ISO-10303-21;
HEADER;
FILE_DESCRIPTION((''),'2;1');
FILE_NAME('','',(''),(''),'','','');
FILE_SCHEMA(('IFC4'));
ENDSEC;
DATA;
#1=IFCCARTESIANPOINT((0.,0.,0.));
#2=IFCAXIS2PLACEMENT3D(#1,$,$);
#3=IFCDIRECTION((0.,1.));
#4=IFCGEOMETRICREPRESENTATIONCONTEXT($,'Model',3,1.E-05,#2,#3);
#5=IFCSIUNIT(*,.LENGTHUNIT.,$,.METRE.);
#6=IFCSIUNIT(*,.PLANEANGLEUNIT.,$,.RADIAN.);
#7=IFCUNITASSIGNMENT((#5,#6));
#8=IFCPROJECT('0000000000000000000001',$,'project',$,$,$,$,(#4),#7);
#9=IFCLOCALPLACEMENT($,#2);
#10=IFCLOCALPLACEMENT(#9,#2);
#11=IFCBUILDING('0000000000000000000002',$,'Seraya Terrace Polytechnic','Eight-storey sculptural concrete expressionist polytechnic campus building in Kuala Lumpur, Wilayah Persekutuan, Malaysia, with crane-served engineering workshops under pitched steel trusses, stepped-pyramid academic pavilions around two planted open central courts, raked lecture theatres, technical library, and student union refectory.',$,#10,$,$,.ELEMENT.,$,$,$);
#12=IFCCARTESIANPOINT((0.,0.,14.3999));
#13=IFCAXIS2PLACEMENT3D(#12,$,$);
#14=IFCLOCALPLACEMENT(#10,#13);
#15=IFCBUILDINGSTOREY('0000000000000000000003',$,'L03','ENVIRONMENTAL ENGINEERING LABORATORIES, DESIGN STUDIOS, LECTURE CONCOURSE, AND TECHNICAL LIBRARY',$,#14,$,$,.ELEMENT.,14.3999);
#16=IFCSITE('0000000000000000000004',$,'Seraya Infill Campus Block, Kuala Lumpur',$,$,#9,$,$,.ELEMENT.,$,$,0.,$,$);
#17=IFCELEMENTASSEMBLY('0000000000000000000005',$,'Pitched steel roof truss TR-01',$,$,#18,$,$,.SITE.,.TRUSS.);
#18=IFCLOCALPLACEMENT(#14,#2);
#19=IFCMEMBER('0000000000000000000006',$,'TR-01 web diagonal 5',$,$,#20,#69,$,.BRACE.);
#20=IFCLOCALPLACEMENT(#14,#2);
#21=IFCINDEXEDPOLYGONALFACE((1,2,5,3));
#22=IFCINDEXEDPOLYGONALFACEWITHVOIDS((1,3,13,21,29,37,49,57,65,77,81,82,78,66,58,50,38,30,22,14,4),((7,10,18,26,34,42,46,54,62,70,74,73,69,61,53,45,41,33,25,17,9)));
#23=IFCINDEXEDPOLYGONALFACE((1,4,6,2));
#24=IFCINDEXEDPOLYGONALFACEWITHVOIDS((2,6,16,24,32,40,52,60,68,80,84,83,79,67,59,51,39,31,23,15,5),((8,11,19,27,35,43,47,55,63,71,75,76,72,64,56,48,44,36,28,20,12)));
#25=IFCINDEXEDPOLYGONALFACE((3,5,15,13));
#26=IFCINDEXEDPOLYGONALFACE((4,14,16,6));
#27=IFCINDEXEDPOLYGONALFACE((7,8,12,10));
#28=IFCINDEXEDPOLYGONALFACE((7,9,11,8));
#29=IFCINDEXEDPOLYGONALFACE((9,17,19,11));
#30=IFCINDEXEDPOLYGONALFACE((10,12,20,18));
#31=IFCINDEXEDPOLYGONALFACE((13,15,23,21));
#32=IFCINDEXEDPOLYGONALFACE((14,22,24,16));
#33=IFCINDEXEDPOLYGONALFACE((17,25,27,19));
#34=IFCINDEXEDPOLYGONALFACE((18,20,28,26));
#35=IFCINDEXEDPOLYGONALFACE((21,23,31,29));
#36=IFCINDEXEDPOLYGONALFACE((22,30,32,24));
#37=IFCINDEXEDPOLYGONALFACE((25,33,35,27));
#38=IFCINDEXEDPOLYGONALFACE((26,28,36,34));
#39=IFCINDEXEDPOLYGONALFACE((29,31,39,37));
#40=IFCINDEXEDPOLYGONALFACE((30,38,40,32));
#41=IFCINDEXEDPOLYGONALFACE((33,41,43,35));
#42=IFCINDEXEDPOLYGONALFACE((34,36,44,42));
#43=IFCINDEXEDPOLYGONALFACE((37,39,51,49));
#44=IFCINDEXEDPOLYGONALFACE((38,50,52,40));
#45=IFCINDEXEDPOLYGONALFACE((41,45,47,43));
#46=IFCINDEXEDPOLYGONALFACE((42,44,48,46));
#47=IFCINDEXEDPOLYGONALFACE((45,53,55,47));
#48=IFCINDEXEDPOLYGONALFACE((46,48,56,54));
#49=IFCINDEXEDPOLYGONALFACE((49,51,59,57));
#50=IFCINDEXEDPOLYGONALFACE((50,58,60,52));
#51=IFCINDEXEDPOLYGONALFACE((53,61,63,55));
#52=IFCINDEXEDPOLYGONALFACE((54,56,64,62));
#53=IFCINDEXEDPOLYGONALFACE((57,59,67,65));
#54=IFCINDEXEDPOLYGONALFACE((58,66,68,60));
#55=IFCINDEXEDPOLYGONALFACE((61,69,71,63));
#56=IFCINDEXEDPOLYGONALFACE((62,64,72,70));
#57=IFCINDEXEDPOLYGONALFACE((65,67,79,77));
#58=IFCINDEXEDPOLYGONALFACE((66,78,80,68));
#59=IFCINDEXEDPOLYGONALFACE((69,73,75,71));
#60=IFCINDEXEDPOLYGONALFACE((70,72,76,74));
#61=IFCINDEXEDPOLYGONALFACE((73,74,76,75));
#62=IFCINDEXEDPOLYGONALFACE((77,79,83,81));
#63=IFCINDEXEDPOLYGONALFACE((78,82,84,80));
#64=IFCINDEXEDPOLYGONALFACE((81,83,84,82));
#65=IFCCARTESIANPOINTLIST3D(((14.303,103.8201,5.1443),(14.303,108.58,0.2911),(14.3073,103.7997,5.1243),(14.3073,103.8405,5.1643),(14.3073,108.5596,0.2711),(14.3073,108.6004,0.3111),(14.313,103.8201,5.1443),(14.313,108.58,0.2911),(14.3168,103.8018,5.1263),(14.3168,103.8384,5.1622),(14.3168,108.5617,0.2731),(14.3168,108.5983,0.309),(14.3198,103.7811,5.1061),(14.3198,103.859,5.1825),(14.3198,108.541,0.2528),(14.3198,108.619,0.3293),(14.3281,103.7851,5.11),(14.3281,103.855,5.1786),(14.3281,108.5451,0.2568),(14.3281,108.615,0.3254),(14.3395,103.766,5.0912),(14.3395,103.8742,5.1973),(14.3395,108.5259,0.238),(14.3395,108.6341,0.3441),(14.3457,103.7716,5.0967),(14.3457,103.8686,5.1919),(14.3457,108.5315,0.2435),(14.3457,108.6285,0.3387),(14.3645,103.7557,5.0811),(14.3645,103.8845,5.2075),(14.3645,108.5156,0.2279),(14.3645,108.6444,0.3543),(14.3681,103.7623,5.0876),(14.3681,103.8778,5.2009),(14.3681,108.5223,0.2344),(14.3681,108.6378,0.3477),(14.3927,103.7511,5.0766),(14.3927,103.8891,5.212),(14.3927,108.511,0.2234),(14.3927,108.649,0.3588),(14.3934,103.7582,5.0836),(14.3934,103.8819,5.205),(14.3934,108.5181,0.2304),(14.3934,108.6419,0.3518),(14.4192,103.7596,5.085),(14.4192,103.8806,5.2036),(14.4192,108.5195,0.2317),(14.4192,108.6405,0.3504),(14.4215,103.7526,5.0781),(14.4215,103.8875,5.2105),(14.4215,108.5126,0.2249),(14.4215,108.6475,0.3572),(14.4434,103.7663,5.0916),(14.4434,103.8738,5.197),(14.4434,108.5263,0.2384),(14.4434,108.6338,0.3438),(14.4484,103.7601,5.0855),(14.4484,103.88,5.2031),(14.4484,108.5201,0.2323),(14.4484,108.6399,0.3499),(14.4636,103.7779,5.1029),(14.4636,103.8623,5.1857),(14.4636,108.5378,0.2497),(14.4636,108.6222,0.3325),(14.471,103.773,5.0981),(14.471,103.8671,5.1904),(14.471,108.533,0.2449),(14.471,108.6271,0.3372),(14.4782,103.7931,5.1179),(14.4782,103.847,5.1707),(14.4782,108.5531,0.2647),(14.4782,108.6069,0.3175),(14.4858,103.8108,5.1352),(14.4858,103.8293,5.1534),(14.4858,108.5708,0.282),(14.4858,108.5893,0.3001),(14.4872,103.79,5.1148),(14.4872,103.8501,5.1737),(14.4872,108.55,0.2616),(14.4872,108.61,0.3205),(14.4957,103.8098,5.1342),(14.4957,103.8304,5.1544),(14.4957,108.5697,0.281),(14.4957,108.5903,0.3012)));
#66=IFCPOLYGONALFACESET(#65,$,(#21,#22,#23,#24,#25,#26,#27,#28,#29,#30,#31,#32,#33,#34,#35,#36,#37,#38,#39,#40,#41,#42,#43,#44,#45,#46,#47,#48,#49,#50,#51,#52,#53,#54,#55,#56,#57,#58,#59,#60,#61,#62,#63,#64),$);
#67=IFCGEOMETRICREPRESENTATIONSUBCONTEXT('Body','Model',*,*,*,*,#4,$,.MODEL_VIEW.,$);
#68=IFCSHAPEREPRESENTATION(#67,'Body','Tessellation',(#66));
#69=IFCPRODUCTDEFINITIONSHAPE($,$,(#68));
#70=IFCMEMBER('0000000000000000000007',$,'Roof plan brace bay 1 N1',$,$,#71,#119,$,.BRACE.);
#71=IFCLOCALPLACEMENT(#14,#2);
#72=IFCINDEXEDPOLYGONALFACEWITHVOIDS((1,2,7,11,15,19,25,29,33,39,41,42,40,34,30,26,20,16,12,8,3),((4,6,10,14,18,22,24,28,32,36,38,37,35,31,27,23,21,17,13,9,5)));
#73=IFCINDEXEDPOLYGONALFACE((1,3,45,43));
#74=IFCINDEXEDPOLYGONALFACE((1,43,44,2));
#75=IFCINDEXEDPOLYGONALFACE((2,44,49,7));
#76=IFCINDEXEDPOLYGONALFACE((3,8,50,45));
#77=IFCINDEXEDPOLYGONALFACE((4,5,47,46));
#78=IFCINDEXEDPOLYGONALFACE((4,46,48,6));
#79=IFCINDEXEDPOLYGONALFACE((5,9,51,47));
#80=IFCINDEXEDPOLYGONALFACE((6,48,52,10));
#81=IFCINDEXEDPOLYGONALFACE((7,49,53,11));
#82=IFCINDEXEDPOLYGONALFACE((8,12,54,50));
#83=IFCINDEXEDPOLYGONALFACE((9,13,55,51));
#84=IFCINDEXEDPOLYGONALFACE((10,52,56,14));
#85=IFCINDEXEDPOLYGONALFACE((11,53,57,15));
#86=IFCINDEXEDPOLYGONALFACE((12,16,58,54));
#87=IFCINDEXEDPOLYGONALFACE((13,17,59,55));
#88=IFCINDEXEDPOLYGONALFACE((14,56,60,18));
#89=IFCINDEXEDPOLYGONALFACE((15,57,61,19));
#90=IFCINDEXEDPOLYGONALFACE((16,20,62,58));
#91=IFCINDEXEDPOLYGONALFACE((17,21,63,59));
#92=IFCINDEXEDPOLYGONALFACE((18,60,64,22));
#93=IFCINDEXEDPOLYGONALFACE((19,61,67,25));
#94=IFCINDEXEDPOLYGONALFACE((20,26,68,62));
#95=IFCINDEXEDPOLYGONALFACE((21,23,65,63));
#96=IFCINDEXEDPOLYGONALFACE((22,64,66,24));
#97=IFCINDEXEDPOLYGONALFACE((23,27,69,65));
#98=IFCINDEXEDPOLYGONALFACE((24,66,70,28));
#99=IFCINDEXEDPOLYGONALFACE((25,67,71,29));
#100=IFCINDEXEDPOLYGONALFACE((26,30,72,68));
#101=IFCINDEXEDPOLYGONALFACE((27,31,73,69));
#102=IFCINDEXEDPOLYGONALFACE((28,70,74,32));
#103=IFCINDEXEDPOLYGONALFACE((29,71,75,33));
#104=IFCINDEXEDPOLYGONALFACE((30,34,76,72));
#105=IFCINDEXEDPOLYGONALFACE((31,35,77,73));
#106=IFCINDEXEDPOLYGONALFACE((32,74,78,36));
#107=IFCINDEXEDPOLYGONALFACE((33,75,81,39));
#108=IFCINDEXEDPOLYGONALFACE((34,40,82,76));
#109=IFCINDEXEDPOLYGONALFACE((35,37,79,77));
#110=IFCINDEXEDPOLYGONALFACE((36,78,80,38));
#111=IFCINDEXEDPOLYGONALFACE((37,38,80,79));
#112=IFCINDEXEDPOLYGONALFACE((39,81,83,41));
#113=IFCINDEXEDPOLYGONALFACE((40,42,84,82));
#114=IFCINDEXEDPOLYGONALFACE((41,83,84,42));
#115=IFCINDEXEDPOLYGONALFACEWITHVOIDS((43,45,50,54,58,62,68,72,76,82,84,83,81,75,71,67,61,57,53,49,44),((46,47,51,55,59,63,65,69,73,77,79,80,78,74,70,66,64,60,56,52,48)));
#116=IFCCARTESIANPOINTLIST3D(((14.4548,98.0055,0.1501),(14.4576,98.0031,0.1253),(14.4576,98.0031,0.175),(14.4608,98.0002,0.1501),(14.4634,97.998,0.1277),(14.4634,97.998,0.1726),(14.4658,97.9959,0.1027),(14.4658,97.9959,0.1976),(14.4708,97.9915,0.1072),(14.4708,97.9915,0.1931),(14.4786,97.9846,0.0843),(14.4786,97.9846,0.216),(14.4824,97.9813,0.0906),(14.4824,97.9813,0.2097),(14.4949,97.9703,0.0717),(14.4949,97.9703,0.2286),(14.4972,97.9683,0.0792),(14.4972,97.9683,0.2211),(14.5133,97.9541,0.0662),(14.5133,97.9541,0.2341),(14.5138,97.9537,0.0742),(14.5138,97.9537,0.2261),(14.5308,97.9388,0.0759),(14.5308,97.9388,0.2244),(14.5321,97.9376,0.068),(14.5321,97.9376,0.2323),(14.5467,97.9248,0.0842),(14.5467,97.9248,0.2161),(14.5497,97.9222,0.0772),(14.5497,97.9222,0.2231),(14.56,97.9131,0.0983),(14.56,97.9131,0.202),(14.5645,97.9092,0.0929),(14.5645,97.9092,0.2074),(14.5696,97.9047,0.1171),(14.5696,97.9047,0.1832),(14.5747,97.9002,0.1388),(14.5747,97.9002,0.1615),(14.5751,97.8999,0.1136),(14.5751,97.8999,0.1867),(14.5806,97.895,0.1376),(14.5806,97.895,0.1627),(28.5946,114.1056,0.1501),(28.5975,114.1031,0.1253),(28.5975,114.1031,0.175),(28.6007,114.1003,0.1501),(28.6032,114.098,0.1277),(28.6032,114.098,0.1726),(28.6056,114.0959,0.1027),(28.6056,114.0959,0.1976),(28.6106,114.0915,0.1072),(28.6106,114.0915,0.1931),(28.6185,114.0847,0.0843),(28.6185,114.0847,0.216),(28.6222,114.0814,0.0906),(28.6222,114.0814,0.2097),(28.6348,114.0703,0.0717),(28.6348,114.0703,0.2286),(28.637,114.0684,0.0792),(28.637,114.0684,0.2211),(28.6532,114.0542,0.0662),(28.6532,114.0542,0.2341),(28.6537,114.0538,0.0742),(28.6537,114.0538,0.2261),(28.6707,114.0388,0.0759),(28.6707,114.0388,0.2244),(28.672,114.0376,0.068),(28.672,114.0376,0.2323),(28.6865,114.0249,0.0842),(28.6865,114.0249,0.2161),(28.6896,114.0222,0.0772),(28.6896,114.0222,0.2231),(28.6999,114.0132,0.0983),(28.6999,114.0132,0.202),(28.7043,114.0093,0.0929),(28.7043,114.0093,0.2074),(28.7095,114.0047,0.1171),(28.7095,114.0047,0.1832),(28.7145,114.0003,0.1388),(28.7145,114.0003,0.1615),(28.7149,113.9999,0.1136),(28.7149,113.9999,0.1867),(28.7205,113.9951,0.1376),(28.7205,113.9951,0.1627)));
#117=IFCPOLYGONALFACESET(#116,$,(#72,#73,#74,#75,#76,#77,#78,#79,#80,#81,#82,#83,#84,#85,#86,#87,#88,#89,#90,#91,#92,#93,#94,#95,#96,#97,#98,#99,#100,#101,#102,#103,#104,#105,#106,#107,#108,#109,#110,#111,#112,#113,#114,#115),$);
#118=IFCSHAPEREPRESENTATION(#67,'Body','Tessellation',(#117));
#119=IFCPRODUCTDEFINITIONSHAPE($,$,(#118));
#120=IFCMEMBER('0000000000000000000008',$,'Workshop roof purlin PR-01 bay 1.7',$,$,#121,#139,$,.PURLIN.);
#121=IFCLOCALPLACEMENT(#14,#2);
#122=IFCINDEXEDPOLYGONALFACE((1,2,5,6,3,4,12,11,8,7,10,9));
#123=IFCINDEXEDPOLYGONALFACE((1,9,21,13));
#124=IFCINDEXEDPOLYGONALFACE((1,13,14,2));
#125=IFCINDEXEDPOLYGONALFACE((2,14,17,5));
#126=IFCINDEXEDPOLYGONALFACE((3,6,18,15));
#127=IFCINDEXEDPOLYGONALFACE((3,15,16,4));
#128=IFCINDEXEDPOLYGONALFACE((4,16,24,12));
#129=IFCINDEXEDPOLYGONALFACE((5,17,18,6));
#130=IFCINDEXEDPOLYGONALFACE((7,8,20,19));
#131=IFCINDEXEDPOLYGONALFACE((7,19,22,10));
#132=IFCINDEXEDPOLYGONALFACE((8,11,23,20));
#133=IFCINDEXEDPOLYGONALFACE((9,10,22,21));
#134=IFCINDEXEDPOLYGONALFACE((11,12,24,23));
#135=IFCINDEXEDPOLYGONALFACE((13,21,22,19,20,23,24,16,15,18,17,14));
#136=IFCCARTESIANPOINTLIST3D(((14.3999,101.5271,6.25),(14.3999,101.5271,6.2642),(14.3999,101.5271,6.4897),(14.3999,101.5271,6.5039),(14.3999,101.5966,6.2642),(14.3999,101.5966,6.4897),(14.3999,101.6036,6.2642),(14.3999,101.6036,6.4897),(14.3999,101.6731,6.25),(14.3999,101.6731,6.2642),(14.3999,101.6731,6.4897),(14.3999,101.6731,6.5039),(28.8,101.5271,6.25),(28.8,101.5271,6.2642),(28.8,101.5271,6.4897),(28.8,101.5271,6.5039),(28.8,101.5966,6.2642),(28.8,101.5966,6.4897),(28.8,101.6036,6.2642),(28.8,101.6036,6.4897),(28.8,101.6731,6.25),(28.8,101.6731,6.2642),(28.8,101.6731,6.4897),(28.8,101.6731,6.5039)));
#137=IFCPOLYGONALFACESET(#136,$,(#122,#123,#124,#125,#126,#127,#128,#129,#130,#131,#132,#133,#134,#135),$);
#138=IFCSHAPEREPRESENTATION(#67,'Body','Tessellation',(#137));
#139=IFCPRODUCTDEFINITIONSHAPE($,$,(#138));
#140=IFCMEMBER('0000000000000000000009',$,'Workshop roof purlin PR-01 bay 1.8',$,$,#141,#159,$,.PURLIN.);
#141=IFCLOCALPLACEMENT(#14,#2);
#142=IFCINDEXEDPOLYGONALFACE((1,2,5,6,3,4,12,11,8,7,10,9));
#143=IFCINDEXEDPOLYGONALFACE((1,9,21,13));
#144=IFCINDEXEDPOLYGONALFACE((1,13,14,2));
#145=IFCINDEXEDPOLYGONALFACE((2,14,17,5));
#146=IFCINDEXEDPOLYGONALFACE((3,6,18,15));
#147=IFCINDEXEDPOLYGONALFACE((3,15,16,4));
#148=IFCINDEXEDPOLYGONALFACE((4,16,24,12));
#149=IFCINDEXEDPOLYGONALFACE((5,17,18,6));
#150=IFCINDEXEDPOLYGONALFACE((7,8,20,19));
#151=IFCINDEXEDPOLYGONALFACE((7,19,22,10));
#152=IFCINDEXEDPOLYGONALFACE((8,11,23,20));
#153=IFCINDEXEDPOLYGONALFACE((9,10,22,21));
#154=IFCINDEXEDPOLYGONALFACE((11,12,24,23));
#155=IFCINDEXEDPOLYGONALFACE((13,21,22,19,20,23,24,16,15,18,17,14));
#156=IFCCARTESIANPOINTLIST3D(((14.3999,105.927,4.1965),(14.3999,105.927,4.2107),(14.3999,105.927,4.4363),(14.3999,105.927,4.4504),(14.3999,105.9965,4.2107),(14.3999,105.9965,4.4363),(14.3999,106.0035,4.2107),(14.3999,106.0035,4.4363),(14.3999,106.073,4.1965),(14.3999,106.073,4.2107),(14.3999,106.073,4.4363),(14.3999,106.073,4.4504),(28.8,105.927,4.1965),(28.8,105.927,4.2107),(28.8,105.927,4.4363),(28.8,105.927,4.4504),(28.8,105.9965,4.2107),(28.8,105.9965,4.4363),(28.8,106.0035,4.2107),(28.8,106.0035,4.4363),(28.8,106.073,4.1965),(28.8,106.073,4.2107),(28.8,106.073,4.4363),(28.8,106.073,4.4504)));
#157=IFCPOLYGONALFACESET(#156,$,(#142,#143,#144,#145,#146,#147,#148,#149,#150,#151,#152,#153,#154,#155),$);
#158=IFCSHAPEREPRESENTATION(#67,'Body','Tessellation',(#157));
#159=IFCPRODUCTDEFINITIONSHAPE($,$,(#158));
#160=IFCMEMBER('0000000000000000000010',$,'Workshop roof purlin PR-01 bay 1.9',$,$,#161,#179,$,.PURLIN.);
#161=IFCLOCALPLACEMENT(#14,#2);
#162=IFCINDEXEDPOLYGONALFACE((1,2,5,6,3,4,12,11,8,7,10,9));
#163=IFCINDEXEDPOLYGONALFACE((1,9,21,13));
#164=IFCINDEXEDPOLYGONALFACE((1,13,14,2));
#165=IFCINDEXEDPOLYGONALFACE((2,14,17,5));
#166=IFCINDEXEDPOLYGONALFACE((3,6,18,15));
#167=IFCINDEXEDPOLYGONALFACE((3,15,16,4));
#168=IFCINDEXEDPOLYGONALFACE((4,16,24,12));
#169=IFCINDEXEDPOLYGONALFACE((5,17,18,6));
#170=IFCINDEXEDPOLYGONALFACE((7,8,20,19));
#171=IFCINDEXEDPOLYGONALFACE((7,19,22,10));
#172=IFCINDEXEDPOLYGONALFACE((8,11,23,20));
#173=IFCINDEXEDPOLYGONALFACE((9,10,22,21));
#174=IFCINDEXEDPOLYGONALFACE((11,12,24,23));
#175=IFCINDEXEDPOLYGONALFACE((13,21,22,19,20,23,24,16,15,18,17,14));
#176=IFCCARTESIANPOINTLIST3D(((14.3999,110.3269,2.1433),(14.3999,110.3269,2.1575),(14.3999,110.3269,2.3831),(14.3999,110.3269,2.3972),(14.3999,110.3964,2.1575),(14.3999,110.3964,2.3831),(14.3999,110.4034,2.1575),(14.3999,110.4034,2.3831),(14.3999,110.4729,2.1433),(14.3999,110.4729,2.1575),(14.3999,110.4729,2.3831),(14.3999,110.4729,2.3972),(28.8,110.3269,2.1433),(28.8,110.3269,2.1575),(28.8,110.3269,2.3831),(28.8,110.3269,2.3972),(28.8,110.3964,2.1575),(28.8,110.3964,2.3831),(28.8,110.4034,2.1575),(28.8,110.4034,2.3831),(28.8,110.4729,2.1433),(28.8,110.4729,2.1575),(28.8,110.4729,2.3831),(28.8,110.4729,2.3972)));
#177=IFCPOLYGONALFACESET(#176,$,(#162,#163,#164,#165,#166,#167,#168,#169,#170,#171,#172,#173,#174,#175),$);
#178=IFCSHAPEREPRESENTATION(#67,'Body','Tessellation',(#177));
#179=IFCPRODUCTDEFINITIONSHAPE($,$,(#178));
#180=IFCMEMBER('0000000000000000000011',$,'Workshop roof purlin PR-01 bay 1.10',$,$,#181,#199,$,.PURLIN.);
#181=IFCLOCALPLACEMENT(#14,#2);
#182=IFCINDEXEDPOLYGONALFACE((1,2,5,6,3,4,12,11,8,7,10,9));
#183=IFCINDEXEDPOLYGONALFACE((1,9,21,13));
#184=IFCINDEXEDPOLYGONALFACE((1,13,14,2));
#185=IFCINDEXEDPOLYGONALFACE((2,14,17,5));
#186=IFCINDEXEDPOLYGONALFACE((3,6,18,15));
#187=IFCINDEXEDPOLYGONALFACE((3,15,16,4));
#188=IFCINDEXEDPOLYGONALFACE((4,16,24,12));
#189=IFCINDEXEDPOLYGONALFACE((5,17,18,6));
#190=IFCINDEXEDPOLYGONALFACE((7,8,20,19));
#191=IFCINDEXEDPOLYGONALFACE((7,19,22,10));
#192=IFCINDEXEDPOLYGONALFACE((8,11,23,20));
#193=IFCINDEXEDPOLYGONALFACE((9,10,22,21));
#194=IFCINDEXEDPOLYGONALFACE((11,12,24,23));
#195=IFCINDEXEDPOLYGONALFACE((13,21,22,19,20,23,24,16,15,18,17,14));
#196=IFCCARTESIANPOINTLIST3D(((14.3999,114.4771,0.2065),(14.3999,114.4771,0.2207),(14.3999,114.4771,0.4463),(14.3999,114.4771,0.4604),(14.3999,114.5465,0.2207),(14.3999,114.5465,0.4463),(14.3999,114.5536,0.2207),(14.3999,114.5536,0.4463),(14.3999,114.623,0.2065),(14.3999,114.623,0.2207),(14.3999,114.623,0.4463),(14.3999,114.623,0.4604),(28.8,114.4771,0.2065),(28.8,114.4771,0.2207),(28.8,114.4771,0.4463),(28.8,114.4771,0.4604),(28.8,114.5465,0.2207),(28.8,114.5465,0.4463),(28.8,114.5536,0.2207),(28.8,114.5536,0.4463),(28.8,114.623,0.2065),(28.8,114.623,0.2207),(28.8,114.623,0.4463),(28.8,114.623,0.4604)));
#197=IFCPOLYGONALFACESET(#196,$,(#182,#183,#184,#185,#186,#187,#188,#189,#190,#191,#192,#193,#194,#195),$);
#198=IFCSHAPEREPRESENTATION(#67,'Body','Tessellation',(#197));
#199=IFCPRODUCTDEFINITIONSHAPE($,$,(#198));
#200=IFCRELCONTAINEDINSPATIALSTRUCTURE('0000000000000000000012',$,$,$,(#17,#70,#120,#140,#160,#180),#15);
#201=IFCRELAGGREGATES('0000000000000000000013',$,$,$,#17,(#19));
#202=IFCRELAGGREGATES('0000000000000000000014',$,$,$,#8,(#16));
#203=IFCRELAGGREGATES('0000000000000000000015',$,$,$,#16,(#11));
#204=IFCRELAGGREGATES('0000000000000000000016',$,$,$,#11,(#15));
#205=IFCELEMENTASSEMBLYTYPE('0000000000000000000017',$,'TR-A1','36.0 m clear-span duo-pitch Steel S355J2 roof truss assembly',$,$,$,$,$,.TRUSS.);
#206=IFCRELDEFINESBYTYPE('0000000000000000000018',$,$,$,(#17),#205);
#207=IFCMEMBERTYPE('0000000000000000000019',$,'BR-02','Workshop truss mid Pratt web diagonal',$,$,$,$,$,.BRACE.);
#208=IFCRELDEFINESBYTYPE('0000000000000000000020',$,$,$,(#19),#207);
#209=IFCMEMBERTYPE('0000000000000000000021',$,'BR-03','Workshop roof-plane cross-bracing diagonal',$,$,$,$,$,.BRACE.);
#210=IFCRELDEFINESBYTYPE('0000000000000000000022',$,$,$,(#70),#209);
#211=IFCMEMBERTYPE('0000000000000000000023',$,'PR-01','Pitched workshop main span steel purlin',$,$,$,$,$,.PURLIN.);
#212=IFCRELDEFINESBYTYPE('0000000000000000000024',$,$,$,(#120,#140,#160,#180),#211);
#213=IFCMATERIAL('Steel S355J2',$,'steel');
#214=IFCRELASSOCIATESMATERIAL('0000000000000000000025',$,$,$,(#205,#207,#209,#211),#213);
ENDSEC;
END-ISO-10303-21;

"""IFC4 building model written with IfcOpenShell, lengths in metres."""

from ifc_helpers import new_model, si_unit, direction, frame, origin, origin_2d, place, context, subcontext, project, spatial, hollow_circle, i_section, extrude, material, material_profile, profile_set, type_object, element, aggregate, save


model = new_model("IFC4")

# Units and contexts
model_context = context("Model", 3, precision=1e-05, world=origin(), true_north=direction((0.0, 1.0)))
body_context = subcontext(model_context, "Body", "Model", "MODEL_VIEW")
ifc_project = project(units=[si_unit("LENGTHUNIT", "METRE"), si_unit("PLANEANGLEUNIT", "RADIAN")], contexts=[model_context])

# Site, building, storey
site_placement = place(None, origin())
site = spatial("IfcSite", under=ifc_project, at=site_placement, Name="Seraya Infill Campus Block, Kuala Lumpur", CompositionType="ELEMENT", RefElevation=0.0)
building_placement = place(site_placement, origin())
building = spatial("IfcBuilding", under=site, at=building_placement, Name="Seraya Terrace Polytechnic", Description="Eight-storey sculptural concrete expressionist polytechnic campus building in Kuala Lumpur, Wilayah Persekutuan, Malaysia, with crane-served engineering workshops under pitched steel trusses, stepped-pyramid academic pavilions around two planted open central courts, raked lecture theatres, technical library, and student union refectory.", CompositionType="ELEMENT")
storey_placement = place(building_placement, frame((0.0, 0.0, 14.3999)))
storey = spatial("IfcBuildingStorey", under=building, at=storey_placement, Name="L03", Description="ENVIRONMENTAL ENGINEERING LABORATORIES, DESIGN STUDIOS, LECTURE CONCOURSE, AND TECHNICAL LIBRARY", CompositionType="ELEMENT", Elevation=14.3999)

# Element assembly
ifc_material_1 = material(Name="Steel S355J2", Category="steel")
element_assembly_type = type_object("IfcElementAssemblyType", Name="TR-A1", Description="36.0 m clear-span duo-pitch Steel S355J2 roof truss assembly", PredefinedType="TRUSS", material=ifc_material_1)
assembly_placement = place(storey_placement, origin())
assembly = element("IfcElementAssembly", 1, at=assembly_placement, inside=storey, type_object=element_assembly_type, Name="Pitched steel roof truss TR-01", AssemblyPlace="SITE", PredefinedType="TRUSS")

# Member
ifc_material_profile_1 = material_profile(ifc_material_1, hollow_circle(Radius=0.0969, WallThickness=0.01, at=origin_2d()), Name="CHS 193.7x10.0")
ifc_profile_set_1 = profile_set([ifc_material_profile_1], Name="Steel S355J2")
member_type_1 = type_object("IfcMemberType", Name="BR-02", Description="Workshop truss mid Pratt web diagonal", PredefinedType="BRACE", material=ifc_profile_set_1)
member_1_placement = place(storey_placement, frame((14.3999, 103.8201, 5.1443), z_axis=(0.0, 0.700214, -0.713933), x_axis=(-1.0, 0.0, 0.0)))
member_1 = element("IfcMember", 2, at=member_1_placement, type_object=member_type_1, Name="TR-01 web diagonal 5", PredefinedType="BRACE", context=body_context, shape_type="SweptSolid", body=[
    extrude(hollow_circle(Radius=0.0969, WallThickness=0.01, at=origin_2d()), origin(), (0.0, 0.0, 1.0), 6.7979),
])

# Members
ifc_material_profile_2 = material_profile(ifc_material_1, hollow_circle(Radius=0.0842, WallThickness=0.0081, at=origin_2d()), Name="CHS 168.3x8.0")
ifc_profile_set_2 = profile_set([ifc_material_profile_2], Name="Steel S355J2")
member_type_2 = type_object("IfcMemberType", Name="BR-03", Description="Workshop roof-plane cross-bracing diagonal", PredefinedType="BRACE", material=ifc_profile_set_2)
member_2_placement = place(storey_placement, frame((14.5181, 97.95, 0.1501), z_axis=(0.659886, 0.751366, 0.0), x_axis=(-0.751366, 0.659886, 0.0)))
element("IfcMember", 3, at=member_2_placement, inside=storey, type_object=member_type_2, Name="Roof plan brace bay 1 N1", PredefinedType="BRACE", context=body_context, shape_type="SweptSolid", body=[
    extrude(hollow_circle(Radius=0.0842, WallThickness=0.0081, at=origin_2d()), origin(), (0.0, 0.0, 1.0), 21.4277),
])
ifc_material_profile_3 = material_profile(ifc_material_1, i_section(OverallWidth=0.146, OverallDepth=0.2539, WebThickness=0.0071, FlangeThickness=0.0142, at=origin_2d()), Name="UKB 254x146x7.2x14.2")
ifc_profile_set_3 = profile_set([ifc_material_profile_3], Name="Steel S355J2")
member_type_3 = type_object("IfcMemberType", Name="PR-01", Description="Pitched workshop main span steel purlin", PredefinedType="PURLIN", material=ifc_profile_set_3)
for number, where, z_axis, x_axis, name in (
    (4, (14.3999, 101.6001, 6.377), (1.0, 0.0, 0.0), (0.0, 1.0, 0.0), "Workshop roof purlin PR-01 bay 1.7"),
    (5, (14.3999, 106.0, 4.3235), (1.0, 0.0, 0.0), (0.0, 1.0, 0.0), "Workshop roof purlin PR-01 bay 1.8"),
    (6, (14.3999, 110.3999, 2.2703), (1.0, 0.0, 0.0), (0.0, 1.0, 0.0), "Workshop roof purlin PR-01 bay 1.9"),
    (7, (14.3999, 114.55, 0.3335), (1.0, 0.0, 0.0), (0.0, 1.0, 0.0), "Workshop roof purlin PR-01 bay 1.10"),
):
    element("IfcMember", number, at=place(storey_placement, frame(where, z_axis=z_axis, x_axis=x_axis)), inside=storey, type_object=member_type_3, Name=name, PredefinedType="PURLIN", context=body_context, shape_type="SweptSolid", body=[
        extrude(i_section(OverallWidth=0.146, OverallDepth=0.2539, WebThickness=0.0071, FlangeThickness=0.0142, at=origin_2d()), origin(), (0.0, 0.0, 1.0), 14.4001),
    ])

aggregate(assembly, [member_1])

save(model, "model.ifc")
